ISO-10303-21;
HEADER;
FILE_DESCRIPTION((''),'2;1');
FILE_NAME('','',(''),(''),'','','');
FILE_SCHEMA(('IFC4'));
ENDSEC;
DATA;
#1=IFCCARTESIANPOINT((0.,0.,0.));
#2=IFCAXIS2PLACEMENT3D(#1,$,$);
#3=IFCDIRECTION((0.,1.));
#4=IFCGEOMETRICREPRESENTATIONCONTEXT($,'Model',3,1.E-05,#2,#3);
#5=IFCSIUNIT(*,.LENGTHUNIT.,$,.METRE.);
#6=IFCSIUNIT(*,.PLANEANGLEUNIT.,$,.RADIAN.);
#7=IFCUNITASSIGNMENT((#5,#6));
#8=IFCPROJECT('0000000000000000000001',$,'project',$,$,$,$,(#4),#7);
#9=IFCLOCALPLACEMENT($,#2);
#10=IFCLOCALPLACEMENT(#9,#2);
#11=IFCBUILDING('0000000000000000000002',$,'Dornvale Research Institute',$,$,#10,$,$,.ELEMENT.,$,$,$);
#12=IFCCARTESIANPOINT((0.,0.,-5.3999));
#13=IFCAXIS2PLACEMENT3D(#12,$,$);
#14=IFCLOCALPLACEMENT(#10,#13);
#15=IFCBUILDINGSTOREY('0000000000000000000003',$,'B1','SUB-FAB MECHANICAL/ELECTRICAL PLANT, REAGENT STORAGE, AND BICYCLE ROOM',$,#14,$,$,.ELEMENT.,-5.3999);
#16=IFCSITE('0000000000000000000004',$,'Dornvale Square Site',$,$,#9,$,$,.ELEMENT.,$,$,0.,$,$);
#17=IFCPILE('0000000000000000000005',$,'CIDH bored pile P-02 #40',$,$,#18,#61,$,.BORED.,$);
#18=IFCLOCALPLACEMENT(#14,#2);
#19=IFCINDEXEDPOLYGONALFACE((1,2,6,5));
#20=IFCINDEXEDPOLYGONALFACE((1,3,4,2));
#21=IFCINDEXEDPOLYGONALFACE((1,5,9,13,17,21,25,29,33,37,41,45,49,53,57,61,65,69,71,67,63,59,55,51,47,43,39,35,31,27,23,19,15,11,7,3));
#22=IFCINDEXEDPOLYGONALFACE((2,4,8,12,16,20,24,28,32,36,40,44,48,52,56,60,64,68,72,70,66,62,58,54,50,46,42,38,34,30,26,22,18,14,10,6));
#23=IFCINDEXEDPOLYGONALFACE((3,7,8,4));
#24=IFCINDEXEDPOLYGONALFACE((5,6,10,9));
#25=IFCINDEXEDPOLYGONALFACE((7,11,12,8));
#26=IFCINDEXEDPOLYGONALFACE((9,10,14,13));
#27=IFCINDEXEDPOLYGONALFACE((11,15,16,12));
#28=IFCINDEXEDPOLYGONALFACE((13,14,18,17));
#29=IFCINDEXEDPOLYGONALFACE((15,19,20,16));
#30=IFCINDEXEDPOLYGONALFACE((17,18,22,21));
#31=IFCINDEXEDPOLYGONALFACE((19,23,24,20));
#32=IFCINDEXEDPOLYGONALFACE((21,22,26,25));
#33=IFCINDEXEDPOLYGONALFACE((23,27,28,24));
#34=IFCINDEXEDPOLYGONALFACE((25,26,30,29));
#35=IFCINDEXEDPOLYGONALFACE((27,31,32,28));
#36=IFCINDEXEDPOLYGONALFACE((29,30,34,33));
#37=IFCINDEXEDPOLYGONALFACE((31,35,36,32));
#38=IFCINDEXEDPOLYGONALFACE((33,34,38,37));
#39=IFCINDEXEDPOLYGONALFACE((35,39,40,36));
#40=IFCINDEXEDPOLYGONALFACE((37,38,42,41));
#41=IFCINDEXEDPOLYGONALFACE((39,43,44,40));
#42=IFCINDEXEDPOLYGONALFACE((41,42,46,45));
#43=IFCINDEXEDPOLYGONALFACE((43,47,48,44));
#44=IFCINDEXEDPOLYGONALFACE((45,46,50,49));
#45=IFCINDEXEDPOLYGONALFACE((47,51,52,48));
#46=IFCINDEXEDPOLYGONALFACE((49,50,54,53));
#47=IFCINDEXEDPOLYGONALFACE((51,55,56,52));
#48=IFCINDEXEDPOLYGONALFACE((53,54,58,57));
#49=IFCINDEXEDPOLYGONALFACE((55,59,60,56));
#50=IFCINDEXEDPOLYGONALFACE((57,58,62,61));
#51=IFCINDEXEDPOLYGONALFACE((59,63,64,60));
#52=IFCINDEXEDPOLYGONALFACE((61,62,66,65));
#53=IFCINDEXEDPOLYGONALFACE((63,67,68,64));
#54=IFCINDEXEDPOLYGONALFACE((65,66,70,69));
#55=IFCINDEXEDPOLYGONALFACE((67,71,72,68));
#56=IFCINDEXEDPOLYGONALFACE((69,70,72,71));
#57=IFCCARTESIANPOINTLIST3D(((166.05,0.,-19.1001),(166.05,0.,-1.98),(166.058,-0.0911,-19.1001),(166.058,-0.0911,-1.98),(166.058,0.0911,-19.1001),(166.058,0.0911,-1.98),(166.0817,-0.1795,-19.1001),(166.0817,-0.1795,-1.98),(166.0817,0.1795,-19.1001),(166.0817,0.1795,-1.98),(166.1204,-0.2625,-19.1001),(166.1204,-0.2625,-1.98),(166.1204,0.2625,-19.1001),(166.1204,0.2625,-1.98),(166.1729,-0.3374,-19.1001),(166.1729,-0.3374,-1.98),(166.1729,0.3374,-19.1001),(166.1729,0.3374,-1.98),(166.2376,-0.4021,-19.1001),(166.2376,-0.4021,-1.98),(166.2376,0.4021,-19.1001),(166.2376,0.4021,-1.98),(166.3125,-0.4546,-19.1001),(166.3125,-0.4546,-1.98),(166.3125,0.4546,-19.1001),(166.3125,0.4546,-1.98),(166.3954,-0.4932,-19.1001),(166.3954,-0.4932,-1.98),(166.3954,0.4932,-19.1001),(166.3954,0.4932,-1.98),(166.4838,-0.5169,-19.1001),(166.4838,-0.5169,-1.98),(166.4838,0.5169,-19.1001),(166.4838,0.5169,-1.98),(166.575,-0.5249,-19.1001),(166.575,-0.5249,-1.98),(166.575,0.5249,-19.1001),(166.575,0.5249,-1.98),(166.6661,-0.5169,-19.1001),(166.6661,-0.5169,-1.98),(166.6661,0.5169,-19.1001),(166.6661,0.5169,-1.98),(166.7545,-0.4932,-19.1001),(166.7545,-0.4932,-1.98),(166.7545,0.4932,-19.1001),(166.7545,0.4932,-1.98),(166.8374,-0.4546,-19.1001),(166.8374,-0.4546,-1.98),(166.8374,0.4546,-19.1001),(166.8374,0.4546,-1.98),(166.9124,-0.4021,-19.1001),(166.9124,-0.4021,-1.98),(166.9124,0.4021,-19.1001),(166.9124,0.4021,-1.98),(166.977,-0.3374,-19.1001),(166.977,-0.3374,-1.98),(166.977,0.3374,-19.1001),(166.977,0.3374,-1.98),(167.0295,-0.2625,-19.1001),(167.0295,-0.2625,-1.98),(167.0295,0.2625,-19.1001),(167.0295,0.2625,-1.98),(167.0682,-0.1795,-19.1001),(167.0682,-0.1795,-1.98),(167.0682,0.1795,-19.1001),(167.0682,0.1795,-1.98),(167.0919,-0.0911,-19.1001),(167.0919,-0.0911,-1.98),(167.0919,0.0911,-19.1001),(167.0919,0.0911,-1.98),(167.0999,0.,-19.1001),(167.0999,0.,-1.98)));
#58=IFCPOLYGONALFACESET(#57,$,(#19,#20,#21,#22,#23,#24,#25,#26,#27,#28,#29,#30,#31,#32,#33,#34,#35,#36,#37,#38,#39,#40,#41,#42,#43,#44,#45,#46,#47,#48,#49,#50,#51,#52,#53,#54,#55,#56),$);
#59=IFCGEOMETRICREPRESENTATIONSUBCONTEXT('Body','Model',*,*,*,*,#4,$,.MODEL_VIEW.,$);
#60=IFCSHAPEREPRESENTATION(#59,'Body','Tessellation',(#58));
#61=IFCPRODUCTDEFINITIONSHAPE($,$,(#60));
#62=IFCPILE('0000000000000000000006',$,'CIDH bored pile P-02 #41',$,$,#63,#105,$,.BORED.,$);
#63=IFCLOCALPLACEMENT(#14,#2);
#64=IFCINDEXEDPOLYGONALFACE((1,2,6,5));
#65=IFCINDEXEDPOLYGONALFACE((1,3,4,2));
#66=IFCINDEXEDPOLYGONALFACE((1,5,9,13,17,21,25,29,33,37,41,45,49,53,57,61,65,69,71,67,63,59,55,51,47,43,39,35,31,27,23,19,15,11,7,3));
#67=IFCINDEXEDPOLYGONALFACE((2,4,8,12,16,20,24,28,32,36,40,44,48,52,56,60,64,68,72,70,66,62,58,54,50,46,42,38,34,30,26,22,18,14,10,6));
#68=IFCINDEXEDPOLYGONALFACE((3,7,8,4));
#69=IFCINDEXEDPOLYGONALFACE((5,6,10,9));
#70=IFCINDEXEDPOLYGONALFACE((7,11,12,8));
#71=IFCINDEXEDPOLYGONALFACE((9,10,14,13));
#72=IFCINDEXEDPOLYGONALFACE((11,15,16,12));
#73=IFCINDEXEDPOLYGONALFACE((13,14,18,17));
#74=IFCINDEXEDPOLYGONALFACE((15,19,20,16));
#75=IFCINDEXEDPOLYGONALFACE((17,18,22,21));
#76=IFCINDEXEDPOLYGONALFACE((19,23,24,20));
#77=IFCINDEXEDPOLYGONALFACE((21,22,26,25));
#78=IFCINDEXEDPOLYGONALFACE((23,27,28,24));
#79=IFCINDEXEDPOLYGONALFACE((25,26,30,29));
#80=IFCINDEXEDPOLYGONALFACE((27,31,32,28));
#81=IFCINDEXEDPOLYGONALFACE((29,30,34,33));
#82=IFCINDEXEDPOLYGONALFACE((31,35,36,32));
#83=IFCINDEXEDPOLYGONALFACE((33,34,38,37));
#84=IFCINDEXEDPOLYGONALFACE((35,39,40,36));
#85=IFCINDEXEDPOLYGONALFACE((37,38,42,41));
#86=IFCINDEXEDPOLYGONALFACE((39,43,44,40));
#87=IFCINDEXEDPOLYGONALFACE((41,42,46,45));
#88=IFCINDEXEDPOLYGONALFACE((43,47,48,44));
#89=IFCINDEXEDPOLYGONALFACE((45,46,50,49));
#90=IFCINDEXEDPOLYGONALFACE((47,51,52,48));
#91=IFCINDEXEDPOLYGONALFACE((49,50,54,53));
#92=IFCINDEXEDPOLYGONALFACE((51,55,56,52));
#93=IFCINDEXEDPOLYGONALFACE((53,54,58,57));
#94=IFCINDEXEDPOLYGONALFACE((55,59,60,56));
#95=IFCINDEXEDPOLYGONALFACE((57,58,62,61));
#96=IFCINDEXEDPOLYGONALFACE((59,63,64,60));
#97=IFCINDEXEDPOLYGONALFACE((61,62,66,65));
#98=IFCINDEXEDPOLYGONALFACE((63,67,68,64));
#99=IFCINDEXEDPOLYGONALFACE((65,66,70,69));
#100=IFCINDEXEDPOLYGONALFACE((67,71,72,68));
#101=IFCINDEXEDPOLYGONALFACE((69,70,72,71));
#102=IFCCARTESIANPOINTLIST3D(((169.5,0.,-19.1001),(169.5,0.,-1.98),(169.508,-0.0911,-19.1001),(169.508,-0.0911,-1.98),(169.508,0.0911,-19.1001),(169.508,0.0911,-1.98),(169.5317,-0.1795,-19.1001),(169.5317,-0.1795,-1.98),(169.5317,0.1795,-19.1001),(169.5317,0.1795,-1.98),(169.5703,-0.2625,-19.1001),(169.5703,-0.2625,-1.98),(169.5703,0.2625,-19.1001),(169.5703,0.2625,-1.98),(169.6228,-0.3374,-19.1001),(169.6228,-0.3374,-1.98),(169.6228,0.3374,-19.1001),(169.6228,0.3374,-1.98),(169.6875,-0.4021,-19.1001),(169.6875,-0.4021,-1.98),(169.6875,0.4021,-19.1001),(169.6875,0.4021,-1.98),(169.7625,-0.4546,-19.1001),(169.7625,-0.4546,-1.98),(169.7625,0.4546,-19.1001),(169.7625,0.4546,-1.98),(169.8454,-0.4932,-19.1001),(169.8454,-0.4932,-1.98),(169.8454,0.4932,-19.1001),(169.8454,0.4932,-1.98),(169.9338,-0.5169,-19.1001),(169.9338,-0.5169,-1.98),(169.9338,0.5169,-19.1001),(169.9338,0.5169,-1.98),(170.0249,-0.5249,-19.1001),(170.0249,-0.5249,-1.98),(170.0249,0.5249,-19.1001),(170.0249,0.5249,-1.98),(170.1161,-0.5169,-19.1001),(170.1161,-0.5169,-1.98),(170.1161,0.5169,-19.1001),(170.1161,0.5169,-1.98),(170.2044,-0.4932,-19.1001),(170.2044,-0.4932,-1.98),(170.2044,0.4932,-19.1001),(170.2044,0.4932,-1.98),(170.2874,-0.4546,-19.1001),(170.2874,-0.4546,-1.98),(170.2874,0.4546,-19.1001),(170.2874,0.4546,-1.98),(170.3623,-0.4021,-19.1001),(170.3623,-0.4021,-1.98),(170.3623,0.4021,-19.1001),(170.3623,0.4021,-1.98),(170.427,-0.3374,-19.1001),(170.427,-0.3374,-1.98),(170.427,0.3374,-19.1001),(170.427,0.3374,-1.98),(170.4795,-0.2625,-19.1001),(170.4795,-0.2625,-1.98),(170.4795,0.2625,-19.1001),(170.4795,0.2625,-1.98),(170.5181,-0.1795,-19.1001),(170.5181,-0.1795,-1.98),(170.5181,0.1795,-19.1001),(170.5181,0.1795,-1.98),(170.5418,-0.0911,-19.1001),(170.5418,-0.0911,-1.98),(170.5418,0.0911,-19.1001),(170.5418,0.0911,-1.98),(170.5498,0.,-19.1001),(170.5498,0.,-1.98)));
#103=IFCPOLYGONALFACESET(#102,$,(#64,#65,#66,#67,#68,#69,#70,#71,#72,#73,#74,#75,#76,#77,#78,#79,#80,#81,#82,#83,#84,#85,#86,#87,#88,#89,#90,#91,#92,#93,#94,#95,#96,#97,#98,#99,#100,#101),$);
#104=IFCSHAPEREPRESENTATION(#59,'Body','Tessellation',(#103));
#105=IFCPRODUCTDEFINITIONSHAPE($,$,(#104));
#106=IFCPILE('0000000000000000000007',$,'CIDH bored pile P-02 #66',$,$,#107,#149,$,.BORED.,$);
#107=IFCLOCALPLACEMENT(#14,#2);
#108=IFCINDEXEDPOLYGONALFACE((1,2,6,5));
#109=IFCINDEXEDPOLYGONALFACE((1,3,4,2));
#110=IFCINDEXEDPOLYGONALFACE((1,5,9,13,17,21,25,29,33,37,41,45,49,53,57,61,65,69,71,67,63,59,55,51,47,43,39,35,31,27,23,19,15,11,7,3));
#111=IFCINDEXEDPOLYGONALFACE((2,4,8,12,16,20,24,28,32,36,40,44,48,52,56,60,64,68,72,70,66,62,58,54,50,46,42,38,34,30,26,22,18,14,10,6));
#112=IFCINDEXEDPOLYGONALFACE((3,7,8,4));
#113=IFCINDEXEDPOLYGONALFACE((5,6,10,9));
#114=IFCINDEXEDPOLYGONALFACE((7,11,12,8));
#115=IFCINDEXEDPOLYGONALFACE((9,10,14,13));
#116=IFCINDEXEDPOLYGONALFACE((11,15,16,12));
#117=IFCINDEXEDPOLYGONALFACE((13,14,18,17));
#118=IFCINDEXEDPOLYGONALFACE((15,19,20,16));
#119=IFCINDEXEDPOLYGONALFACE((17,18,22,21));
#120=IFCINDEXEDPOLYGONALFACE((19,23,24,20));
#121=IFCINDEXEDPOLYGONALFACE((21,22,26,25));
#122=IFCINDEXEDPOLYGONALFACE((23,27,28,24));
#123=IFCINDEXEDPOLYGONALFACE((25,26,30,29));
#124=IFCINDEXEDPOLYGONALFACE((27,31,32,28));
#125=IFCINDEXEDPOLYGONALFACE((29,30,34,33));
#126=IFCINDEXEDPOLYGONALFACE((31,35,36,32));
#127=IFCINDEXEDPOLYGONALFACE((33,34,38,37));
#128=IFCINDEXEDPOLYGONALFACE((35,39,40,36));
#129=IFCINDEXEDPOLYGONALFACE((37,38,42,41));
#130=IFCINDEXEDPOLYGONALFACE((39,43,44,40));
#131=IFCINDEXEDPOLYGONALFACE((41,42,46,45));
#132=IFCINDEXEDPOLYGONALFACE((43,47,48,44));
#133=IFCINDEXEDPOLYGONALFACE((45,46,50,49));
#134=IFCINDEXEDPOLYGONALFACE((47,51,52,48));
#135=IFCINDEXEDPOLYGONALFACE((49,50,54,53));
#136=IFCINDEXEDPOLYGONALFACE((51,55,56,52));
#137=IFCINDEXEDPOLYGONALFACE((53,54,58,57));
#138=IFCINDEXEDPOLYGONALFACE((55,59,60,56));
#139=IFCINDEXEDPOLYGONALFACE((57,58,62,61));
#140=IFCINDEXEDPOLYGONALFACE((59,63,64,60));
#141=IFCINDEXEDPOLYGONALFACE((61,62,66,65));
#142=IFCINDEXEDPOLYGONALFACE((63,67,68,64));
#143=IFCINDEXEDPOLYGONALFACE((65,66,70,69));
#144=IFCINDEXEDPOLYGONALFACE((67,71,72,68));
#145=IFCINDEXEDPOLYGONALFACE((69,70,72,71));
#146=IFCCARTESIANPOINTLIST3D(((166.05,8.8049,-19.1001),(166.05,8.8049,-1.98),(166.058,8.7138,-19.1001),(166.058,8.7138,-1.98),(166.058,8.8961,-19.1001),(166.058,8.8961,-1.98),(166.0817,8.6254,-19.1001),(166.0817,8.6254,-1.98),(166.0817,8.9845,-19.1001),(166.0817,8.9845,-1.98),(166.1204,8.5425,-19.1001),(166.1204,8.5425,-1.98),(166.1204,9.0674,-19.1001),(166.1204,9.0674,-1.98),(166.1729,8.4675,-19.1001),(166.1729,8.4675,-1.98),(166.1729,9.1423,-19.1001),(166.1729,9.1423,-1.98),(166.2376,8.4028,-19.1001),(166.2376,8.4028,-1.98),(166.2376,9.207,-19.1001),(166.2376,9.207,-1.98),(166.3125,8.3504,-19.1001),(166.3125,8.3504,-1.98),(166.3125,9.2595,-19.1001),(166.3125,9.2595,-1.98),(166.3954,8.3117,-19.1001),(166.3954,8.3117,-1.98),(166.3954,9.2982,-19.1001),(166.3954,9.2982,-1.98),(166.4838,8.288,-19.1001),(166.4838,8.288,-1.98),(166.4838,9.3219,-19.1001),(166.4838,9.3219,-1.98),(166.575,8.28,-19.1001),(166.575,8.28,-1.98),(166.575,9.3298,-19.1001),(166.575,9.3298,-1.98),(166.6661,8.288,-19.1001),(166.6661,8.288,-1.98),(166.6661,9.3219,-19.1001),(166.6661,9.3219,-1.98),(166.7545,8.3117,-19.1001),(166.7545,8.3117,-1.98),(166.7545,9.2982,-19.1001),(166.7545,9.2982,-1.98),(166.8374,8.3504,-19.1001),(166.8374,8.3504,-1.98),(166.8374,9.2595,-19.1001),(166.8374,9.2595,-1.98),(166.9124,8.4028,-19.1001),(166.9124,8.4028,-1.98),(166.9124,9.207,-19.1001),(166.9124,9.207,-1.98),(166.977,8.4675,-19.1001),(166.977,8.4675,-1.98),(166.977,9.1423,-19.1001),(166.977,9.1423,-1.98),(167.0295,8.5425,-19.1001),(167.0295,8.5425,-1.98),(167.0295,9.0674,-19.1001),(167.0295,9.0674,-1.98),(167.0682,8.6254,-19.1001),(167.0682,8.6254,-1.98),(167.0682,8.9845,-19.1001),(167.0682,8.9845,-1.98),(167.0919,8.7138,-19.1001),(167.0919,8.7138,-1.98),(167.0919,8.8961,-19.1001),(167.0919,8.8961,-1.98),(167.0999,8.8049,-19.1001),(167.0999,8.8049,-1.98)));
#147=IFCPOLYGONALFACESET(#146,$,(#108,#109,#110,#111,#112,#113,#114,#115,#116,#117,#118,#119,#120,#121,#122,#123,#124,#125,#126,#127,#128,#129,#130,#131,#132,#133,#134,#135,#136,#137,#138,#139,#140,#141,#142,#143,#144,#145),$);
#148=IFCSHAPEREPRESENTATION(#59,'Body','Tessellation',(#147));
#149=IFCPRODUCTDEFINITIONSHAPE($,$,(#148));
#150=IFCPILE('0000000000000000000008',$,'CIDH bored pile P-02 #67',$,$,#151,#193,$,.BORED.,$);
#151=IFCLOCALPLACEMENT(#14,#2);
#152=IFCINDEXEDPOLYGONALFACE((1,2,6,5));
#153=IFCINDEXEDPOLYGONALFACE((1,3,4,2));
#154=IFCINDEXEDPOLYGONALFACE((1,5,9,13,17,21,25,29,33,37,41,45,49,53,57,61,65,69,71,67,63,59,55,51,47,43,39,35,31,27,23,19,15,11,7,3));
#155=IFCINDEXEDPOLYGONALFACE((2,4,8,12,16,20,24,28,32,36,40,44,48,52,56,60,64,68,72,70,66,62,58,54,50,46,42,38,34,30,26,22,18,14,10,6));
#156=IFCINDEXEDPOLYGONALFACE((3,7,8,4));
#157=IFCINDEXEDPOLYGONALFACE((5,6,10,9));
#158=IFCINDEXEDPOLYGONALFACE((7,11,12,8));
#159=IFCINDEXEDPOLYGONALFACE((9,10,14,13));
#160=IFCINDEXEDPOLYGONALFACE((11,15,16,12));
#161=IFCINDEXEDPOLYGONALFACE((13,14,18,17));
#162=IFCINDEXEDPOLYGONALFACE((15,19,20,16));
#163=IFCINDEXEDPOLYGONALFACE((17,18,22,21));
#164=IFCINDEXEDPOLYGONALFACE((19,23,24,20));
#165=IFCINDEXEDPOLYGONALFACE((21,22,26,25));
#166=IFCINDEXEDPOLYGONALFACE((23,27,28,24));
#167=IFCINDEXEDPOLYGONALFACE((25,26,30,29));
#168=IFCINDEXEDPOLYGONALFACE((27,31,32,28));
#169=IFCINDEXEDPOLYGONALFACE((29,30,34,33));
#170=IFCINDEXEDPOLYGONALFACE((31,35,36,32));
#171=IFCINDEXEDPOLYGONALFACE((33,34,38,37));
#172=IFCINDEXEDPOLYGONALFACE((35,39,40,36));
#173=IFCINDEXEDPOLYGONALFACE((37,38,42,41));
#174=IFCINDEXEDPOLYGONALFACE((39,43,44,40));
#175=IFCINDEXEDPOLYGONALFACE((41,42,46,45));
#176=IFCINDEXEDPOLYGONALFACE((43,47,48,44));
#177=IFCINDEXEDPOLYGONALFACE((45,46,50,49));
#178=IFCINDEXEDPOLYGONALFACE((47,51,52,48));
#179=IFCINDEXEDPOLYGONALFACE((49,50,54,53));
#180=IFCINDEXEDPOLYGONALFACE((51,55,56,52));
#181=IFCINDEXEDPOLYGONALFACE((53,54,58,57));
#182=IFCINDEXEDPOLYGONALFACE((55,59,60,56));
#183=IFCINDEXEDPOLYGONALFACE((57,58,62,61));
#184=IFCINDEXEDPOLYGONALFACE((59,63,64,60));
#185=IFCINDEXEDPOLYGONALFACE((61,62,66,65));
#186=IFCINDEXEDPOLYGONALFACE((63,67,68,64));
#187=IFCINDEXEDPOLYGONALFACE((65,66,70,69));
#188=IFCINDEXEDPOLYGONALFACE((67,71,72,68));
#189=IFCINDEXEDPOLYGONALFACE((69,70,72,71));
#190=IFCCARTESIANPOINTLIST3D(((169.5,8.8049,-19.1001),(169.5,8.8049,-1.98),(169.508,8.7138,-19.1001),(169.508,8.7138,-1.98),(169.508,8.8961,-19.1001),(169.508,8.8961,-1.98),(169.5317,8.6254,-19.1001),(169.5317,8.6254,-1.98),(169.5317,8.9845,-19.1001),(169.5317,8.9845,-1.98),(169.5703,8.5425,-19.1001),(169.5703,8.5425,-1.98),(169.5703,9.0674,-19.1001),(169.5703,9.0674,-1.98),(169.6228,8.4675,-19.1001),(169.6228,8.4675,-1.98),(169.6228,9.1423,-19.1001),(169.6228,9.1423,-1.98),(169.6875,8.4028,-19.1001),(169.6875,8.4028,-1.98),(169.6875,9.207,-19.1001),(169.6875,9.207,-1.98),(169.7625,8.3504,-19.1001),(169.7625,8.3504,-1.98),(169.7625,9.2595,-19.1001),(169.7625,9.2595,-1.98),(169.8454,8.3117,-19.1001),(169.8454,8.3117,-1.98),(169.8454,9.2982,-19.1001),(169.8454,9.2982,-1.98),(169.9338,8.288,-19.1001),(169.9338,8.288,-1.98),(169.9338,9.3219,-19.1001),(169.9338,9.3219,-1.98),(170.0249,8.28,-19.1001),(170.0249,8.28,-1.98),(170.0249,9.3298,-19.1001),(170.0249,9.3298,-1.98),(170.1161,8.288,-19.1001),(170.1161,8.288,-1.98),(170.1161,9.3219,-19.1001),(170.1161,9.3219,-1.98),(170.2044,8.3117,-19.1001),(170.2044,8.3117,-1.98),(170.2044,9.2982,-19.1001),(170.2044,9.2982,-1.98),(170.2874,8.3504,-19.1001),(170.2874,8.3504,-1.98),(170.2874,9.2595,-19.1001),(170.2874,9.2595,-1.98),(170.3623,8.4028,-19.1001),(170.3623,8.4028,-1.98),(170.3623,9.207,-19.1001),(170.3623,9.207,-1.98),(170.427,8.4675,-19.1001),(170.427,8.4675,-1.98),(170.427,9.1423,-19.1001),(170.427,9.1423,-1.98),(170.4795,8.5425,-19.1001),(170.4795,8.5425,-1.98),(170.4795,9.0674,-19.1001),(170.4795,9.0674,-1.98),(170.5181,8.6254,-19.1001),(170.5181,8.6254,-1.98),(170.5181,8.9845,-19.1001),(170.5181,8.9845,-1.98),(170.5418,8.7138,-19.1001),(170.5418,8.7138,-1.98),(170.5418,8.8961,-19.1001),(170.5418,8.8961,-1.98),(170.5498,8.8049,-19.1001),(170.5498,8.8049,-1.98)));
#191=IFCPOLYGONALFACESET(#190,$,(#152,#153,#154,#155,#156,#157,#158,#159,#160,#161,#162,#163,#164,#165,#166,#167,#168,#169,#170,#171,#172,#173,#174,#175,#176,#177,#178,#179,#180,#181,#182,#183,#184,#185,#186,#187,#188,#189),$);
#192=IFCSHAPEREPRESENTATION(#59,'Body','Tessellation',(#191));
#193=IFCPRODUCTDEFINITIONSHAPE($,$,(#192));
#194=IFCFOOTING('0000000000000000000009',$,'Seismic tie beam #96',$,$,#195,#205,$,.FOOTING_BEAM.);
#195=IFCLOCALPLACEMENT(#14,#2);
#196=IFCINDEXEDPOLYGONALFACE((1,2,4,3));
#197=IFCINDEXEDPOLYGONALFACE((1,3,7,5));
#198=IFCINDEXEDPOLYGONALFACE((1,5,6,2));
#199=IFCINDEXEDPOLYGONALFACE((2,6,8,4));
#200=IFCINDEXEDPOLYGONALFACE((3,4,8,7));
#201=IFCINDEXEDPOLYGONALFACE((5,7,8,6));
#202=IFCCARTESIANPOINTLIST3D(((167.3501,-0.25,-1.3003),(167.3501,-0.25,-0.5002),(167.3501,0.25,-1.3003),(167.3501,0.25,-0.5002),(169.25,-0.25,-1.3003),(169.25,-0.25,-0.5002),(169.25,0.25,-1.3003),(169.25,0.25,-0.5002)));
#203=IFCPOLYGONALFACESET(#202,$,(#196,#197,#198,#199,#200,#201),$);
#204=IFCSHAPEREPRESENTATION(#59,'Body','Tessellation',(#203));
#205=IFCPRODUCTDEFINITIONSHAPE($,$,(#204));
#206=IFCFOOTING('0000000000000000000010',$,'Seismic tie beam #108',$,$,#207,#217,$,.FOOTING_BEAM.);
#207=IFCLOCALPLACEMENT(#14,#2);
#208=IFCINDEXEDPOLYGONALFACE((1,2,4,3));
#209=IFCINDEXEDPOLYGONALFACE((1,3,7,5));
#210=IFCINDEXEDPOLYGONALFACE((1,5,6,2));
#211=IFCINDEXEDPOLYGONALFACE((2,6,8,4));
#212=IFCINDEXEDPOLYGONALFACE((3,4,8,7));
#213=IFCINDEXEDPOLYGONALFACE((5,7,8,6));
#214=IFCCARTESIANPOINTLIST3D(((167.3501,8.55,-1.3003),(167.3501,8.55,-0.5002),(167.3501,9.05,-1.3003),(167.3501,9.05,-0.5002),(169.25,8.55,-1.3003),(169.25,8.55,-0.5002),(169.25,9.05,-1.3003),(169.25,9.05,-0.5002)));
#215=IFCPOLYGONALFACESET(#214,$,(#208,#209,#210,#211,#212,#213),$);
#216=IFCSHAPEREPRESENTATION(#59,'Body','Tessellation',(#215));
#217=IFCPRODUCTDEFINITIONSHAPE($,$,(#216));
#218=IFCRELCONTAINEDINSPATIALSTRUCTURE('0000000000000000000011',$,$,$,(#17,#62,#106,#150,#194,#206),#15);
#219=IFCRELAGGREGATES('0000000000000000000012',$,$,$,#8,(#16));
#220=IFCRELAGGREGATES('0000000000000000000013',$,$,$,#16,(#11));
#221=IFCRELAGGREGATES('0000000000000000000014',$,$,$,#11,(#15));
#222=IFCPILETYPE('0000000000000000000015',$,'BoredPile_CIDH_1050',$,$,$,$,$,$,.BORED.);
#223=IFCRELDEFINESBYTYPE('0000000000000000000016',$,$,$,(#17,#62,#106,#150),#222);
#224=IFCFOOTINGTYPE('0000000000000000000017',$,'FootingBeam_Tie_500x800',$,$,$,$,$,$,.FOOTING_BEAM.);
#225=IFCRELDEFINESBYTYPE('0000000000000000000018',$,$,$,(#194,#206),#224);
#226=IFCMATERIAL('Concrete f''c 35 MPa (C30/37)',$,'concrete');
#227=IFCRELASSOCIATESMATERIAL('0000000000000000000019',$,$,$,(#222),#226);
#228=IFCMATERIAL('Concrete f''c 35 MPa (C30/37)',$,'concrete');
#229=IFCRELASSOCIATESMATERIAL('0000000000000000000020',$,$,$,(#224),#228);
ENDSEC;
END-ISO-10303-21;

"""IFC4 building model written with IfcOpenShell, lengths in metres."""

from ifc_helpers import new_model, si_unit, direction, frame, origin, origin_2d, place, context, subcontext, project, spatial, rectangle, circle, extrude, material, material_profile, profile_set, type_object, element, save


model = new_model("IFC4")

# Units and contexts
model_context = context("Model", 3, precision=1e-05, world=origin(), true_north=direction((0.0, 1.0)))
body_context = subcontext(model_context, "Body", "Model", "MODEL_VIEW")
ifc_project = project(units=[si_unit("LENGTHUNIT", "METRE"), si_unit("PLANEANGLEUNIT", "RADIAN")], contexts=[model_context])

# Site, building, storey
site_placement = place(None, origin())
site = spatial("IfcSite", under=ifc_project, at=site_placement, Name="Dornvale Square Site", CompositionType="ELEMENT", RefElevation=0.0)
building_placement = place(site_placement, origin())
building = spatial("IfcBuilding", under=site, at=building_placement, Name="Dornvale Research Institute", CompositionType="ELEMENT")
storey_placement = place(building_placement, frame((0.0, 0.0, -5.3999)))
storey = spatial("IfcBuildingStorey", under=building, at=storey_placement, Name="B1", Description="SUB-FAB MECHANICAL/ELECTRICAL PLANT, REAGENT STORAGE, AND BICYCLE ROOM", CompositionType="ELEMENT", Elevation=-5.3999)

# Piles
ifc_material_1 = material(Name="Concrete f'c 35 MPa (C30/37)", Category="concrete")
ifc_material_profile_1 = material_profile(ifc_material_1, circle(Radius=0.5249, at=origin_2d()), Name="CIDH PILE D1050")
ifc_profile_set_1 = profile_set([ifc_material_profile_1], Name="Concrete f'c 35 MPa (C30/37)")
pile_type = type_object("IfcPileType", Name="BoredPile_CIDH_1050", PredefinedType="BORED", material=ifc_profile_set_1)
for number, where, z_axis, x_axis, name in (
    (1, (166.575, 0.0, -1.98), (0.0, 0.0, -1.0), (1.0, 0.0, 0.0), "CIDH bored pile P-02 #40"),
    (2, (170.0249, 0.0, -1.98), (0.0, 0.0, -1.0), (1.0, 0.0, 0.0), "CIDH bored pile P-02 #41"),
    (3, (166.575, 8.8049, -1.98), (0.0, 0.0, -1.0), (1.0, 0.0, 0.0), "CIDH bored pile P-02 #66"),
    (4, (170.0249, 8.8049, -1.98), (0.0, 0.0, -1.0), (1.0, 0.0, 0.0), "CIDH bored pile P-02 #67"),
):
    element("IfcPile", number, at=place(storey_placement, frame(where, z_axis=z_axis, x_axis=x_axis)), inside=storey, type_object=pile_type, Name=name, PredefinedType="BORED", context=body_context, shape_type="SweptSolid", body=[
        extrude(circle(Radius=0.5249, at=origin_2d()), origin(), (0.0, 0.0, 1.0), 17.1201),
    ])

# Footings
ifc_material_2 = material(Name="Concrete f'c 35 MPa (C30/37)", Category="concrete")
footing_type_1 = type_object("IfcFootingType", Name="FootingBeam_Tie_500x800", PredefinedType="FOOTING_BEAM", material=ifc_material_2)
for number, where, z_axis, x_axis, name in (
    (5, (168.3, 0.0, -1.3003), (0.0, 0.0, 1.0), (1.0, 0.0, 0.0), "Seismic tie beam #96"),
    (6, (168.3, 8.8, -1.3003), (0.0, 0.0, 1.0), (1.0, 0.0, 0.0), "Seismic tie beam #108"),
):
    element("IfcFooting", number, at=place(storey_placement, frame(where, z_axis=z_axis, x_axis=x_axis)), inside=storey, type_object=footing_type_1, Name=name, PredefinedType="FOOTING_BEAM", context=body_context, shape_type="SweptSolid", body=[
        extrude(rectangle(XDim=1.8999, YDim=0.5, at=origin_2d()), origin(), (0.0, 0.0, 1.0), 0.8),
    ])

save(model, "model.ifc")
